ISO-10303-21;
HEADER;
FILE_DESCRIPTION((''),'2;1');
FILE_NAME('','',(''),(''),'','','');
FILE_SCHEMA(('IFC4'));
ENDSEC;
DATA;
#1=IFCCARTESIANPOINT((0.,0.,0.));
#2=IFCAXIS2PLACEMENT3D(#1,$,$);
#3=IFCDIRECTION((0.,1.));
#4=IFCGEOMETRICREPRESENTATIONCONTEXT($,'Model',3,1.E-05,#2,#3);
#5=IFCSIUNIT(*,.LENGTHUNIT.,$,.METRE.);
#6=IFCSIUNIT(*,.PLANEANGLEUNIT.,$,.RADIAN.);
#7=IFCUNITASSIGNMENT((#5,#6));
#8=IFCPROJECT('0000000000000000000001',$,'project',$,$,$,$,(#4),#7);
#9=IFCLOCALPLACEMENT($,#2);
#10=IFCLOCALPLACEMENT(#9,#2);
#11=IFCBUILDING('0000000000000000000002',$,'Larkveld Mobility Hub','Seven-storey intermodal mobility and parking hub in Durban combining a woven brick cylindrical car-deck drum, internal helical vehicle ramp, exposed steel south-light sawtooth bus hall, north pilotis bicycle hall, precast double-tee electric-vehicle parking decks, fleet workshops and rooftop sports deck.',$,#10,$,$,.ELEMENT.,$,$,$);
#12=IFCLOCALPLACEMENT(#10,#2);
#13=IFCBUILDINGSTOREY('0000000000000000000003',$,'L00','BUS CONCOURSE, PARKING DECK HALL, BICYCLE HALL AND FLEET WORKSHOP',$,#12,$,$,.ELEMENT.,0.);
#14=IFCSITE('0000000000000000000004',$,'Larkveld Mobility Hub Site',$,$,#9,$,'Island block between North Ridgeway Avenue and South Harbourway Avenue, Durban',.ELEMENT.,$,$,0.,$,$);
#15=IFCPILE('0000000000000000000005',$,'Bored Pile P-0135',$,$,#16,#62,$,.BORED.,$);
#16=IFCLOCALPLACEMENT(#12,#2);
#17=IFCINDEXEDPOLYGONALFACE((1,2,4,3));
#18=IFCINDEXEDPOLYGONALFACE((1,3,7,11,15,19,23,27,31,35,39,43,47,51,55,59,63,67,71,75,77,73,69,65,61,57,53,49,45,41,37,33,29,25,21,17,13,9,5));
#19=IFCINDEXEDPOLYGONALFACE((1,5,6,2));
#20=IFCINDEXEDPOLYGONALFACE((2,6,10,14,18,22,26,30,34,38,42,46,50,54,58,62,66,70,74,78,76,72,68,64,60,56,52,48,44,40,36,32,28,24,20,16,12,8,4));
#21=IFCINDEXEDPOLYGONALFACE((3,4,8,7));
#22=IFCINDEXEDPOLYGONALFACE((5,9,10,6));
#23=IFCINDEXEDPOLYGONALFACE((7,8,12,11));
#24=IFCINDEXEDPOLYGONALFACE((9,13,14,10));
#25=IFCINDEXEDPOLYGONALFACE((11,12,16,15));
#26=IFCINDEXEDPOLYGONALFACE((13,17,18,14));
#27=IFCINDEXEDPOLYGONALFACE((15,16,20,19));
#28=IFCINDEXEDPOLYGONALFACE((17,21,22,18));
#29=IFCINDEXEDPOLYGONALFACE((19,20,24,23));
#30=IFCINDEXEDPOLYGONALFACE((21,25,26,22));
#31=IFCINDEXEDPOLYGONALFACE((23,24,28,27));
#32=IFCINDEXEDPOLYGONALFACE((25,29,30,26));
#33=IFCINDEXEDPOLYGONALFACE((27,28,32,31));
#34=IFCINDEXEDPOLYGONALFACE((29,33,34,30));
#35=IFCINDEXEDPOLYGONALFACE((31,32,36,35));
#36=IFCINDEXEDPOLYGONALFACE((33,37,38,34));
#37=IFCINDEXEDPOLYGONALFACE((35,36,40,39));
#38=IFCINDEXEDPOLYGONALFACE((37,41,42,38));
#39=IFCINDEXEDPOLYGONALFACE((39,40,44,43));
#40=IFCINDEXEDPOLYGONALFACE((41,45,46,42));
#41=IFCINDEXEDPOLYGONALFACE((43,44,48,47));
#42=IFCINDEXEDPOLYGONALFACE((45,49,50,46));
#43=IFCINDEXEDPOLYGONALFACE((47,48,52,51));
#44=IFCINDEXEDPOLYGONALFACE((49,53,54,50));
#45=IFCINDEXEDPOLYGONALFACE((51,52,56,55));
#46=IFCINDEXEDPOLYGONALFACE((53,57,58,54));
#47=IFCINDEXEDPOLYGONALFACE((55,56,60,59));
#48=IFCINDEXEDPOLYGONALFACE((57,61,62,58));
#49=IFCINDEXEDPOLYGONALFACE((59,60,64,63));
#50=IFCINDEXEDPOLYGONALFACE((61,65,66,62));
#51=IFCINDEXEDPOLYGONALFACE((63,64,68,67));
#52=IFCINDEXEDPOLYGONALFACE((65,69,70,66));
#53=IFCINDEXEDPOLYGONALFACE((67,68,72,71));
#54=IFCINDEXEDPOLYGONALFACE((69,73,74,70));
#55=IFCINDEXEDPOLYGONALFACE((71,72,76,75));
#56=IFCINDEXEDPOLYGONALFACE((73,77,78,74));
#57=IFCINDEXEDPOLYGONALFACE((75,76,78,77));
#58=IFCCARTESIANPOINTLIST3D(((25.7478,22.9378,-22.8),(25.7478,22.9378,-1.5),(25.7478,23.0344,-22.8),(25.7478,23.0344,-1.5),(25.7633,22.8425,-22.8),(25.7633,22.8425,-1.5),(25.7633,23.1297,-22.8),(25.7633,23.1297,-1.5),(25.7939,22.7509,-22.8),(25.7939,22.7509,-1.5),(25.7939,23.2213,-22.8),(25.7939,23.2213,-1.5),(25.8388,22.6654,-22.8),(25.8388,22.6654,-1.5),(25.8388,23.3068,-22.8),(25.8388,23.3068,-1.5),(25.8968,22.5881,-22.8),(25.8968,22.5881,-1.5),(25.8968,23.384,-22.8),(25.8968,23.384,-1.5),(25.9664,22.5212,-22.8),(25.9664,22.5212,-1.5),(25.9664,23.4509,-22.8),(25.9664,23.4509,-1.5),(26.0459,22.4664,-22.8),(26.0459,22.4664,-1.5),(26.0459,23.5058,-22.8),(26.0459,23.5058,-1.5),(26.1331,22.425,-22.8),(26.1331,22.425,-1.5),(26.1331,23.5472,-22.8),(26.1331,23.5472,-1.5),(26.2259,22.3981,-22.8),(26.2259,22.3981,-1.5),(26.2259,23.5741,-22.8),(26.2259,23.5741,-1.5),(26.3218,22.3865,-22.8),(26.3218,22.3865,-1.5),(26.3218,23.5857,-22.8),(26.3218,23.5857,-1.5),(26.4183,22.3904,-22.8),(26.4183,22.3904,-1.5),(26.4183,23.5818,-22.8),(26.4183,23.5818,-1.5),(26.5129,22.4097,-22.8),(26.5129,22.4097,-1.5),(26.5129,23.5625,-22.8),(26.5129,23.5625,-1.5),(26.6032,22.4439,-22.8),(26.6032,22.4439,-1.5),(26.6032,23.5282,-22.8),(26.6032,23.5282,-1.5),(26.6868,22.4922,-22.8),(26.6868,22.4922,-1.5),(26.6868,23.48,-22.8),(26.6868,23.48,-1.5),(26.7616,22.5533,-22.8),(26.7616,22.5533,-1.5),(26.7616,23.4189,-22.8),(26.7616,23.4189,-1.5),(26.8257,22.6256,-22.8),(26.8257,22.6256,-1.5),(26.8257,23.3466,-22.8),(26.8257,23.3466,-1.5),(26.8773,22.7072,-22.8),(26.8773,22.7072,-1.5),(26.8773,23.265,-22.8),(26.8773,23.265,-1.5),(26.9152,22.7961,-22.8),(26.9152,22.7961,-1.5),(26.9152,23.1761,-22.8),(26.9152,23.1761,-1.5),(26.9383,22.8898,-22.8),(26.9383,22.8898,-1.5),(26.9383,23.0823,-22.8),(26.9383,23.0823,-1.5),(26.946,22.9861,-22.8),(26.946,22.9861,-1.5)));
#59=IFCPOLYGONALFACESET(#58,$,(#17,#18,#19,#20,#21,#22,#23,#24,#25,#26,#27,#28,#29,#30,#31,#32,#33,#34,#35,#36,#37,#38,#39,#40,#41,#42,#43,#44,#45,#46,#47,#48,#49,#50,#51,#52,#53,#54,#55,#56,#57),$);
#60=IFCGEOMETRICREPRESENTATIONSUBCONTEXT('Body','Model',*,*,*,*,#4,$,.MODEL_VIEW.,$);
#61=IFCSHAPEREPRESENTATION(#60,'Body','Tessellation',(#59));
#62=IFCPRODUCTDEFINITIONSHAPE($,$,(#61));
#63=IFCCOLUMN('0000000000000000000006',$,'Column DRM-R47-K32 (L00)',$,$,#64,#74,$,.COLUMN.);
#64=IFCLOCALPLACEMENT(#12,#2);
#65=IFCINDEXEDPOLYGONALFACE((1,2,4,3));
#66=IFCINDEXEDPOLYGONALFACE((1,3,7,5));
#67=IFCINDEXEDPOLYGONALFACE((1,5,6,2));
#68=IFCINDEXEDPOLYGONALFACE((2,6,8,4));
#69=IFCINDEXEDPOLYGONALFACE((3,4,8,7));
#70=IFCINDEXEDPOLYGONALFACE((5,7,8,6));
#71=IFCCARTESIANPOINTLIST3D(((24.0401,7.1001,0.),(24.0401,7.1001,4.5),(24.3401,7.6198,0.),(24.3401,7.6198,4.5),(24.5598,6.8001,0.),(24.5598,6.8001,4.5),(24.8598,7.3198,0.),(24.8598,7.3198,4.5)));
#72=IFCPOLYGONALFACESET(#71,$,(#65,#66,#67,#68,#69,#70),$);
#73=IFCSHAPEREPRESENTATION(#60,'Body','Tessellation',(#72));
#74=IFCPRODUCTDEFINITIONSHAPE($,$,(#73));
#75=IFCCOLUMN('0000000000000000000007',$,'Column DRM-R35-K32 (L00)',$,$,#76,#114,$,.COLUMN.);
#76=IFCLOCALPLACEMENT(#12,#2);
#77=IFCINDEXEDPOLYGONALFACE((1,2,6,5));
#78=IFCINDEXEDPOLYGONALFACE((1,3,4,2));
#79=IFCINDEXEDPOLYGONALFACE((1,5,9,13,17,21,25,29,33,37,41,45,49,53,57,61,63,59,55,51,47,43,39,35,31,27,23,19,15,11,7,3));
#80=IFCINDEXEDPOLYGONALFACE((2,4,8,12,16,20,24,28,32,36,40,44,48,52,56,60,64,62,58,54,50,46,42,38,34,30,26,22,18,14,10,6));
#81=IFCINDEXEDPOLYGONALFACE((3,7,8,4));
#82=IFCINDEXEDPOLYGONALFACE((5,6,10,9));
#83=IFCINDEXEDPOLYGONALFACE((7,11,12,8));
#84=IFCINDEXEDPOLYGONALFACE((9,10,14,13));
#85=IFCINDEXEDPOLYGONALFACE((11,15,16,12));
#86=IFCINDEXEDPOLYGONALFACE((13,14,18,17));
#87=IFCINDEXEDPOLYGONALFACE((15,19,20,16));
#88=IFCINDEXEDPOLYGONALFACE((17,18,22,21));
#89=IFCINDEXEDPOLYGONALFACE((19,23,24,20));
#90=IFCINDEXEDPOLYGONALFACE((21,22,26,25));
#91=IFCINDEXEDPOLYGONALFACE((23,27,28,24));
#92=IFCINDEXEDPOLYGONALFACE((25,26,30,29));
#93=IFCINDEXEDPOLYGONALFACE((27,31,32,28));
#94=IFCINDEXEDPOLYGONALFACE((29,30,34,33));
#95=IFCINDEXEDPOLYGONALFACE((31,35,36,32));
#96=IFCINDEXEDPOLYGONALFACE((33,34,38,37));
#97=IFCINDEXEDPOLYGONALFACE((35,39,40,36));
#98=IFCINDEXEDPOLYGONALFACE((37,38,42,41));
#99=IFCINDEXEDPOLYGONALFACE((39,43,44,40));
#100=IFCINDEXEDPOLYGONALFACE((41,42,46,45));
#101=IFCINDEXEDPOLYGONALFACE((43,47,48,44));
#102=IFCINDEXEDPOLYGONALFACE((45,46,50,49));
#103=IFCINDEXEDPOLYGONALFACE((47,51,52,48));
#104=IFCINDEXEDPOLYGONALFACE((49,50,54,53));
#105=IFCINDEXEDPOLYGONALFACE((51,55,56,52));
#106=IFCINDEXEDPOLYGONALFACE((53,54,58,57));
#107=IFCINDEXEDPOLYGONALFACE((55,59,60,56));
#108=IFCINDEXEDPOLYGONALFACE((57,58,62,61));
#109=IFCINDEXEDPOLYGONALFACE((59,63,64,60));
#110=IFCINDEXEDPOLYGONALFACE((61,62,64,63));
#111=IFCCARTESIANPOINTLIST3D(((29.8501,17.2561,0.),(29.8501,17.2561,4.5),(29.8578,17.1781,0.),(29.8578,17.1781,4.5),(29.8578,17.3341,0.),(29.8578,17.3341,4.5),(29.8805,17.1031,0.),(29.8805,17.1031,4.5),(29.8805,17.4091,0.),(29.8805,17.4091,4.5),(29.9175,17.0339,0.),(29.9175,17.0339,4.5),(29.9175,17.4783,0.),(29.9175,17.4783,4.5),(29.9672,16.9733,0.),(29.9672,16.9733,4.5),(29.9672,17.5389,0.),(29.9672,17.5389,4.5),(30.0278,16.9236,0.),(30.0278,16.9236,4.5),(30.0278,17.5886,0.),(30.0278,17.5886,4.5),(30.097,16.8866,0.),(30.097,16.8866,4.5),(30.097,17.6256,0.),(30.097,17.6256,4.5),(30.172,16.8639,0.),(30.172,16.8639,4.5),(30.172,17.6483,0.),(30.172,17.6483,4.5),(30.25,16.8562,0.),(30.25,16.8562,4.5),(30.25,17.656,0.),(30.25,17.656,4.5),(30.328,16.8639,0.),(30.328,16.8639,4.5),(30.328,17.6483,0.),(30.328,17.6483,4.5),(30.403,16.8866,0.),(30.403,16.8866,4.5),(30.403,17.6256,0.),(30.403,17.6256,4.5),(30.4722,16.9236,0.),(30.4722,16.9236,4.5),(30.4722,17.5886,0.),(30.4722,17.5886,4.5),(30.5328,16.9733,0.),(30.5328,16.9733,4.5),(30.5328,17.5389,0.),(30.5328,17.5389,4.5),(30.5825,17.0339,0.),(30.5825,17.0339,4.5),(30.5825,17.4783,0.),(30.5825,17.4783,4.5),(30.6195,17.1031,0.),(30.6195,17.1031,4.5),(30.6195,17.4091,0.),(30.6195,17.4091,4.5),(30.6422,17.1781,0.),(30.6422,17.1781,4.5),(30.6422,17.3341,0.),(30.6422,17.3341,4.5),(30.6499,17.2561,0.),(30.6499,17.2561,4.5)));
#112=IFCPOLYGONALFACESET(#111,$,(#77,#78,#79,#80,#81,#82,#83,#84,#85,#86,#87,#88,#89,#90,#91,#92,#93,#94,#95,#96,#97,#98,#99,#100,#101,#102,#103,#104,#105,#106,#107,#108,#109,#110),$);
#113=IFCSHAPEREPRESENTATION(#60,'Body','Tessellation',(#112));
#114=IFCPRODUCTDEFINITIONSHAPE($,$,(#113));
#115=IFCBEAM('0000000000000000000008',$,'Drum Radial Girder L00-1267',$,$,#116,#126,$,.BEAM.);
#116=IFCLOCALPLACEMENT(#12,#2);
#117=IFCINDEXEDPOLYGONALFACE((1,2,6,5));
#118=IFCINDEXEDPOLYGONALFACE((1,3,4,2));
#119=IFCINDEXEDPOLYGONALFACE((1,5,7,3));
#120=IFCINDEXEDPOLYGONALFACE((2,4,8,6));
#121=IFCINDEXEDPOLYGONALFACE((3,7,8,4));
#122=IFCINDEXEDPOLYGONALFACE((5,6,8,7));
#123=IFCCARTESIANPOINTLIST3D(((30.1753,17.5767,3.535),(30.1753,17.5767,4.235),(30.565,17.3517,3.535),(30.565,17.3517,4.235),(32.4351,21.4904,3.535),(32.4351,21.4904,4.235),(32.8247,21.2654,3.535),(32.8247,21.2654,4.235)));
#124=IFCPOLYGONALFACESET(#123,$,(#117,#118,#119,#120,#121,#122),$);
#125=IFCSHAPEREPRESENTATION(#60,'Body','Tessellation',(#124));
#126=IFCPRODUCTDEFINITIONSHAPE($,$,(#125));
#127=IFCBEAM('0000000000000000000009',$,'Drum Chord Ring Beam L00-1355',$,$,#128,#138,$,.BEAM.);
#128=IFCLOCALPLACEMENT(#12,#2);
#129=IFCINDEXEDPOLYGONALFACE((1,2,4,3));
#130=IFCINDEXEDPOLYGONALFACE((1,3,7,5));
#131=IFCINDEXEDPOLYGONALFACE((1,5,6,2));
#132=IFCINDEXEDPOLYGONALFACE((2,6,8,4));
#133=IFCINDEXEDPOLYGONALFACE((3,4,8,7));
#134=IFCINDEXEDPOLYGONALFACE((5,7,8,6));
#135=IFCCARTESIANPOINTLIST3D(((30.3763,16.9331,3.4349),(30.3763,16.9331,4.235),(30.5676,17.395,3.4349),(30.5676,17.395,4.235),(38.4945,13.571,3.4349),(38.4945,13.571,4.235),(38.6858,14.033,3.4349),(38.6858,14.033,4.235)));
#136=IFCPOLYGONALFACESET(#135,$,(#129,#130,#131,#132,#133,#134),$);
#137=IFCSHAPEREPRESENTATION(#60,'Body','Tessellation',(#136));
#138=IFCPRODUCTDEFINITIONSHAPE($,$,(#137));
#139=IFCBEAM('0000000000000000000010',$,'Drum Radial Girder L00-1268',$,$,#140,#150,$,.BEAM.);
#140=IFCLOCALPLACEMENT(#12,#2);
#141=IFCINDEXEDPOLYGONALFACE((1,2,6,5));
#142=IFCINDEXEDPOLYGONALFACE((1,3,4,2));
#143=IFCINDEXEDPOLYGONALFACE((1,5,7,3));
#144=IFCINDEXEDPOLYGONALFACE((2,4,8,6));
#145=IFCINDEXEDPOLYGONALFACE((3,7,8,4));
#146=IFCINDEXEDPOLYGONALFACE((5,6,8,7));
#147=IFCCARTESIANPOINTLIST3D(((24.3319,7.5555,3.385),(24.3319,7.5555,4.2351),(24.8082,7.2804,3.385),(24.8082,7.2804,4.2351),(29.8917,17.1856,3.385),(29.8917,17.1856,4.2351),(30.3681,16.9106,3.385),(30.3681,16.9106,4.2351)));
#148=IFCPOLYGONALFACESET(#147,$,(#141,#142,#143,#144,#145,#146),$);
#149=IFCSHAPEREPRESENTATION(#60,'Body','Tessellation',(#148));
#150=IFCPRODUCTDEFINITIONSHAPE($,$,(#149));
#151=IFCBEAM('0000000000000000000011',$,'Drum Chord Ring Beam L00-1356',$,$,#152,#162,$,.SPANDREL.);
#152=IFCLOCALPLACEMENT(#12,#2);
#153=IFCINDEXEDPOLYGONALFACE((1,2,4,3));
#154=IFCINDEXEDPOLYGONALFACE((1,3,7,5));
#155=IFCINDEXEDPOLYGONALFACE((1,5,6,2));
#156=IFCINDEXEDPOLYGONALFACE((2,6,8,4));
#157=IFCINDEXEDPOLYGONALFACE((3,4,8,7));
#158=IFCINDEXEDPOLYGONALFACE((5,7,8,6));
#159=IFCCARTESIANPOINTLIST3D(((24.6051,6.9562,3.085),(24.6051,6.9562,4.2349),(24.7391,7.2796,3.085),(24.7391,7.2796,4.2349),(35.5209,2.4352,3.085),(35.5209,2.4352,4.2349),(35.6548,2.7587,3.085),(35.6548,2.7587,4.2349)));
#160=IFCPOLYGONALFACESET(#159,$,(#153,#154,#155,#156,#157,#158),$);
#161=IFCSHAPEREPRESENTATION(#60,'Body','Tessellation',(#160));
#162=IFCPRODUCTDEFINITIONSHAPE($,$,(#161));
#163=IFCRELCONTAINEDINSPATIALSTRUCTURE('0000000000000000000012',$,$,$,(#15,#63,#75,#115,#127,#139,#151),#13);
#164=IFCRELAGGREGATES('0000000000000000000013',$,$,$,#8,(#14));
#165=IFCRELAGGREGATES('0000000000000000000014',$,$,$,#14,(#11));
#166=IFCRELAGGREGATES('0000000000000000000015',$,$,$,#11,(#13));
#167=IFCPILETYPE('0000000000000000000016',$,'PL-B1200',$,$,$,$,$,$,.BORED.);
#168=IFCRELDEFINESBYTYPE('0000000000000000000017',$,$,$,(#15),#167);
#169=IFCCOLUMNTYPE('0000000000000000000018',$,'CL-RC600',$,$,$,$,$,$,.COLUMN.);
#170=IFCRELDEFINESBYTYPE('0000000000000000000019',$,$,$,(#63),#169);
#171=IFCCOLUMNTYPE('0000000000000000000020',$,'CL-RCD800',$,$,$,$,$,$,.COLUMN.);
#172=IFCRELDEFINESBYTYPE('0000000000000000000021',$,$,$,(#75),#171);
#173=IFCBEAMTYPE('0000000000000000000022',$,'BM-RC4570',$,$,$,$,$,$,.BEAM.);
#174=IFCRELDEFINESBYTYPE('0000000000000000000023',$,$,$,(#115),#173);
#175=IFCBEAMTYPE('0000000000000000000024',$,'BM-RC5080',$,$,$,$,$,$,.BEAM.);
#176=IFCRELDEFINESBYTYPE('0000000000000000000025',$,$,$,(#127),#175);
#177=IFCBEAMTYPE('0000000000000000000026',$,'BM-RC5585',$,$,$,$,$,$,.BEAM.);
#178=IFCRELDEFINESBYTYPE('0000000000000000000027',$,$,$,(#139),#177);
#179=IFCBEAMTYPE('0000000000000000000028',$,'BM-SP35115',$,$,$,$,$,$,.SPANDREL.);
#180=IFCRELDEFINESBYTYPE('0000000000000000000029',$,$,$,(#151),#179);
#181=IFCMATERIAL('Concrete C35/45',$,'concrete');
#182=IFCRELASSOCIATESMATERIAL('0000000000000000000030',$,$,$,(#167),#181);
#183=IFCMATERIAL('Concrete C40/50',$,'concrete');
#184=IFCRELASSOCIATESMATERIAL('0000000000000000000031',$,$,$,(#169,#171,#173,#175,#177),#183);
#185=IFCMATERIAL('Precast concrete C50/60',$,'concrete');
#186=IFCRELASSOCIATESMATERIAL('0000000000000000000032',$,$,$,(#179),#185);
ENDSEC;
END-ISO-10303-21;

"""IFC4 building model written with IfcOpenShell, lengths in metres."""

from ifc_helpers import new_model, si_unit, direction, frame, origin, origin_2d, place, context, subcontext, project, spatial, rectangle, circle, extrude, material, material_profile, profile_set, type_object, element, save


model = new_model("IFC4")

# Units and contexts
model_context = context("Model", 3, precision=1e-05, world=origin(), true_north=direction((0.0, 1.0)))
body_context = subcontext(model_context, "Body", "Model", "MODEL_VIEW")
ifc_project = project(units=[si_unit("LENGTHUNIT", "METRE"), si_unit("PLANEANGLEUNIT", "RADIAN")], contexts=[model_context])

# Site, building, storey
site_placement = place(None, origin())
site = spatial("IfcSite", under=ifc_project, at=site_placement, Name="Larkveld Mobility Hub Site", LongName="Island block between North Ridgeway Avenue and South Harbourway Avenue, Durban", CompositionType="ELEMENT", RefElevation=0.0)
building_placement = place(site_placement, origin())
building = spatial("IfcBuilding", under=site, at=building_placement, Name="Larkveld Mobility Hub", Description="Seven-storey intermodal mobility and parking hub in Durban combining a woven brick cylindrical car-deck drum, internal helical vehicle ramp, exposed steel south-light sawtooth bus hall, north pilotis bicycle hall, precast double-tee electric-vehicle parking decks, fleet workshops and rooftop sports deck.", CompositionType="ELEMENT")
storey_placement = place(building_placement, origin())
storey = spatial("IfcBuildingStorey", under=building, at=storey_placement, Name="L00", Description="BUS CONCOURSE, PARKING DECK HALL, BICYCLE HALL AND FLEET WORKSHOP", CompositionType="ELEMENT", Elevation=0.0)

# Shared definitions
ifc_material_1 = material(Name="Concrete C35/45", Category="concrete")

# Pile
ifc_material_profile_1 = material_profile(ifc_material_1, circle(Radius=0.6001, at=origin_2d()), Name="PILE D1200")
ifc_profile_set_1 = profile_set([ifc_material_profile_1], Name="Concrete C35/45")
pile_type_1 = type_object("IfcPileType", Name="PL-B1200", PredefinedType="BORED", material=ifc_profile_set_1)
pile_placement = place(storey_placement, frame((26.3459, 22.9861, -1.5), z_axis=(0.0, 0.0, -1.0), x_axis=(1.0, 0.0, 0.0)))
element("IfcPile", 1, at=pile_placement, inside=storey, type_object=pile_type_1, Name="Bored Pile P-0135", PredefinedType="BORED", context=body_context, shape_type="SweptSolid", body=[
    extrude(circle(Radius=0.6001, at=origin_2d()), origin(), (0.0, 0.0, 1.0), 21.3),
])

# Columns
ifc_material_2 = material(Name="Concrete C40/50", Category="concrete")
ifc_material_profile_2 = material_profile(ifc_material_2, rectangle(XDim=0.6001, YDim=0.6001, at=origin_2d()), Name="RC COL 600x600")
ifc_profile_set_2 = profile_set([ifc_material_profile_2], Name="Concrete C40/50")
column_type_1 = type_object("IfcColumnType", Name="CL-RC600", PredefinedType="COLUMN", material=ifc_profile_set_2)
column_1_placement = place(storey_placement, frame((24.45, 7.21, 0.0), z_axis=(0.0, 0.0, 1.0), x_axis=(0.5, 0.866025, 0.0)))
element("IfcColumn", 2, at=column_1_placement, inside=storey, type_object=column_type_1, Name="Column DRM-R47-K32 (L00)", PredefinedType="COLUMN", context=body_context, shape_type="SweptSolid", body=[
    extrude(rectangle(XDim=0.6001, YDim=0.6001, at=origin_2d()), origin(), (0.0, 0.0, 1.0), 4.5),
])
ifc_material_profile_3 = material_profile(ifc_material_2, circle(Radius=0.3999, at=origin_2d()), Name="RC COL D800")
ifc_profile_set_3 = profile_set([ifc_material_profile_3], Name="Concrete C40/50")
column_type_2 = type_object("IfcColumnType", Name="CL-RCD800", PredefinedType="COLUMN", material=ifc_profile_set_3)
column_2_placement = place(storey_placement, frame((30.25, 17.2561, 0.0), z_axis=(0.0, 0.0, 1.0), x_axis=(1.0, 0.0, 0.0)))
element("IfcColumn", 3, at=column_2_placement, inside=storey, type_object=column_type_2, Name="Column DRM-R35-K32 (L00)", PredefinedType="COLUMN", context=body_context, shape_type="SweptSolid", body=[
    extrude(circle(Radius=0.3999, at=origin_2d()), origin(), (0.0, 0.0, 1.0), 4.5),
])

# Beams
ifc_material_profile_4 = material_profile(ifc_material_2, rectangle(XDim=0.45, YDim=0.7, at=origin_2d()), Name="RC BM 450x700")
ifc_profile_set_4 = profile_set([ifc_material_profile_4], Name="Concrete C40/50")
beam_type_1 = type_object("IfcBeamType", Name="BM-RC4570", PredefinedType="BEAM", material=ifc_profile_set_4)
beam_1_placement = place(storey_placement, frame((32.6299, 21.3779, 3.885), z_axis=(-0.50002, -0.866014, 0.0), x_axis=(0.866014, -0.50002, 0.0)))
element("IfcBeam", 4, at=beam_1_placement, inside=storey, type_object=beam_type_1, Name="Drum Radial Girder L00-1267", PredefinedType="BEAM", context=body_context, shape_type="SweptSolid", body=[
    extrude(rectangle(XDim=0.45, YDim=0.7, at=origin_2d()), origin(), (0.0, 0.0, 1.0), 4.5193),
])
ifc_material_profile_5 = material_profile(ifc_material_2, rectangle(XDim=0.5, YDim=0.8, at=origin_2d()), Name="RC BM 500x800")
ifc_profile_set_5 = profile_set([ifc_material_profile_5], Name="Concrete C40/50")
beam_type_2 = type_object("IfcBeamType", Name="BM-RC5080", PredefinedType="BEAM", material=ifc_profile_set_5)
beam_2_placement = place(storey_placement, frame((30.4719, 17.1641, 3.835), z_axis=(0.923903, -0.382626, 0.0), x_axis=(0.382626, 0.923903, 0.0)))
element("IfcBeam", 5, at=beam_2_placement, inside=storey, type_object=beam_type_2, Name="Drum Chord Ring Beam L00-1355", PredefinedType="BEAM", context=body_context, shape_type="SweptSolid", body=[
    extrude(rectangle(XDim=0.5, YDim=0.8, at=origin_2d()), origin(), (0.0, 0.0, 1.0), 8.7869),
])
ifc_material_profile_6 = material_profile(ifc_material_2, rectangle(XDim=0.55, YDim=0.8501, at=origin_2d()), Name="RC BM 550x850")
ifc_profile_set_6 = profile_set([ifc_material_profile_6], Name="Concrete C40/50")
beam_type_3 = type_object("IfcBeamType", Name="BM-RC5585", PredefinedType="BEAM", material=ifc_profile_set_6)
beam_3_placement = place(storey_placement, frame((30.1299, 17.0481, 3.8101), z_axis=(-0.49999, -0.866031, 0.0), x_axis=(0.866031, -0.49999, 0.0)))
element("IfcBeam", 6, at=beam_3_placement, inside=storey, type_object=beam_type_3, Name="Drum Radial Girder L00-1268", PredefinedType="BEAM", context=body_context, shape_type="SweptSolid", body=[
    extrude(rectangle(XDim=0.55, YDim=0.8501, at=origin_2d()), origin(), (0.0, 0.0, 1.0), 11.1199),
])
ifc_material_3 = material(Name="Precast concrete C50/60", Category="concrete")
ifc_material_profile_7 = material_profile(ifc_material_3, rectangle(XDim=0.3501, YDim=1.1499, at=origin_2d()), Name="PC SP 350x1150")
ifc_profile_set_7 = profile_set([ifc_material_profile_7], Name="Precast concrete C50/60")
beam_type_4 = type_object("IfcBeamType", Name="BM-SP35115", PredefinedType="SPANDREL", material=ifc_profile_set_7)
beam_4_placement = place(storey_placement, frame((24.6721, 7.1179, 3.6599), z_axis=(0.923893, -0.38265, 0.0), x_axis=(0.38265, 0.923893, 0.0)))
element("IfcBeam", 7, at=beam_4_placement, inside=storey, type_object=beam_type_4, Name="Drum Chord Ring Beam L00-1356", PredefinedType="SPANDREL", context=body_context, shape_type="SweptSolid", body=[
    extrude(rectangle(XDim=0.3501, YDim=1.1499, at=origin_2d()), origin(), (0.0, 0.0, 1.0), 11.8149),
])

save(model, "model.ifc")
